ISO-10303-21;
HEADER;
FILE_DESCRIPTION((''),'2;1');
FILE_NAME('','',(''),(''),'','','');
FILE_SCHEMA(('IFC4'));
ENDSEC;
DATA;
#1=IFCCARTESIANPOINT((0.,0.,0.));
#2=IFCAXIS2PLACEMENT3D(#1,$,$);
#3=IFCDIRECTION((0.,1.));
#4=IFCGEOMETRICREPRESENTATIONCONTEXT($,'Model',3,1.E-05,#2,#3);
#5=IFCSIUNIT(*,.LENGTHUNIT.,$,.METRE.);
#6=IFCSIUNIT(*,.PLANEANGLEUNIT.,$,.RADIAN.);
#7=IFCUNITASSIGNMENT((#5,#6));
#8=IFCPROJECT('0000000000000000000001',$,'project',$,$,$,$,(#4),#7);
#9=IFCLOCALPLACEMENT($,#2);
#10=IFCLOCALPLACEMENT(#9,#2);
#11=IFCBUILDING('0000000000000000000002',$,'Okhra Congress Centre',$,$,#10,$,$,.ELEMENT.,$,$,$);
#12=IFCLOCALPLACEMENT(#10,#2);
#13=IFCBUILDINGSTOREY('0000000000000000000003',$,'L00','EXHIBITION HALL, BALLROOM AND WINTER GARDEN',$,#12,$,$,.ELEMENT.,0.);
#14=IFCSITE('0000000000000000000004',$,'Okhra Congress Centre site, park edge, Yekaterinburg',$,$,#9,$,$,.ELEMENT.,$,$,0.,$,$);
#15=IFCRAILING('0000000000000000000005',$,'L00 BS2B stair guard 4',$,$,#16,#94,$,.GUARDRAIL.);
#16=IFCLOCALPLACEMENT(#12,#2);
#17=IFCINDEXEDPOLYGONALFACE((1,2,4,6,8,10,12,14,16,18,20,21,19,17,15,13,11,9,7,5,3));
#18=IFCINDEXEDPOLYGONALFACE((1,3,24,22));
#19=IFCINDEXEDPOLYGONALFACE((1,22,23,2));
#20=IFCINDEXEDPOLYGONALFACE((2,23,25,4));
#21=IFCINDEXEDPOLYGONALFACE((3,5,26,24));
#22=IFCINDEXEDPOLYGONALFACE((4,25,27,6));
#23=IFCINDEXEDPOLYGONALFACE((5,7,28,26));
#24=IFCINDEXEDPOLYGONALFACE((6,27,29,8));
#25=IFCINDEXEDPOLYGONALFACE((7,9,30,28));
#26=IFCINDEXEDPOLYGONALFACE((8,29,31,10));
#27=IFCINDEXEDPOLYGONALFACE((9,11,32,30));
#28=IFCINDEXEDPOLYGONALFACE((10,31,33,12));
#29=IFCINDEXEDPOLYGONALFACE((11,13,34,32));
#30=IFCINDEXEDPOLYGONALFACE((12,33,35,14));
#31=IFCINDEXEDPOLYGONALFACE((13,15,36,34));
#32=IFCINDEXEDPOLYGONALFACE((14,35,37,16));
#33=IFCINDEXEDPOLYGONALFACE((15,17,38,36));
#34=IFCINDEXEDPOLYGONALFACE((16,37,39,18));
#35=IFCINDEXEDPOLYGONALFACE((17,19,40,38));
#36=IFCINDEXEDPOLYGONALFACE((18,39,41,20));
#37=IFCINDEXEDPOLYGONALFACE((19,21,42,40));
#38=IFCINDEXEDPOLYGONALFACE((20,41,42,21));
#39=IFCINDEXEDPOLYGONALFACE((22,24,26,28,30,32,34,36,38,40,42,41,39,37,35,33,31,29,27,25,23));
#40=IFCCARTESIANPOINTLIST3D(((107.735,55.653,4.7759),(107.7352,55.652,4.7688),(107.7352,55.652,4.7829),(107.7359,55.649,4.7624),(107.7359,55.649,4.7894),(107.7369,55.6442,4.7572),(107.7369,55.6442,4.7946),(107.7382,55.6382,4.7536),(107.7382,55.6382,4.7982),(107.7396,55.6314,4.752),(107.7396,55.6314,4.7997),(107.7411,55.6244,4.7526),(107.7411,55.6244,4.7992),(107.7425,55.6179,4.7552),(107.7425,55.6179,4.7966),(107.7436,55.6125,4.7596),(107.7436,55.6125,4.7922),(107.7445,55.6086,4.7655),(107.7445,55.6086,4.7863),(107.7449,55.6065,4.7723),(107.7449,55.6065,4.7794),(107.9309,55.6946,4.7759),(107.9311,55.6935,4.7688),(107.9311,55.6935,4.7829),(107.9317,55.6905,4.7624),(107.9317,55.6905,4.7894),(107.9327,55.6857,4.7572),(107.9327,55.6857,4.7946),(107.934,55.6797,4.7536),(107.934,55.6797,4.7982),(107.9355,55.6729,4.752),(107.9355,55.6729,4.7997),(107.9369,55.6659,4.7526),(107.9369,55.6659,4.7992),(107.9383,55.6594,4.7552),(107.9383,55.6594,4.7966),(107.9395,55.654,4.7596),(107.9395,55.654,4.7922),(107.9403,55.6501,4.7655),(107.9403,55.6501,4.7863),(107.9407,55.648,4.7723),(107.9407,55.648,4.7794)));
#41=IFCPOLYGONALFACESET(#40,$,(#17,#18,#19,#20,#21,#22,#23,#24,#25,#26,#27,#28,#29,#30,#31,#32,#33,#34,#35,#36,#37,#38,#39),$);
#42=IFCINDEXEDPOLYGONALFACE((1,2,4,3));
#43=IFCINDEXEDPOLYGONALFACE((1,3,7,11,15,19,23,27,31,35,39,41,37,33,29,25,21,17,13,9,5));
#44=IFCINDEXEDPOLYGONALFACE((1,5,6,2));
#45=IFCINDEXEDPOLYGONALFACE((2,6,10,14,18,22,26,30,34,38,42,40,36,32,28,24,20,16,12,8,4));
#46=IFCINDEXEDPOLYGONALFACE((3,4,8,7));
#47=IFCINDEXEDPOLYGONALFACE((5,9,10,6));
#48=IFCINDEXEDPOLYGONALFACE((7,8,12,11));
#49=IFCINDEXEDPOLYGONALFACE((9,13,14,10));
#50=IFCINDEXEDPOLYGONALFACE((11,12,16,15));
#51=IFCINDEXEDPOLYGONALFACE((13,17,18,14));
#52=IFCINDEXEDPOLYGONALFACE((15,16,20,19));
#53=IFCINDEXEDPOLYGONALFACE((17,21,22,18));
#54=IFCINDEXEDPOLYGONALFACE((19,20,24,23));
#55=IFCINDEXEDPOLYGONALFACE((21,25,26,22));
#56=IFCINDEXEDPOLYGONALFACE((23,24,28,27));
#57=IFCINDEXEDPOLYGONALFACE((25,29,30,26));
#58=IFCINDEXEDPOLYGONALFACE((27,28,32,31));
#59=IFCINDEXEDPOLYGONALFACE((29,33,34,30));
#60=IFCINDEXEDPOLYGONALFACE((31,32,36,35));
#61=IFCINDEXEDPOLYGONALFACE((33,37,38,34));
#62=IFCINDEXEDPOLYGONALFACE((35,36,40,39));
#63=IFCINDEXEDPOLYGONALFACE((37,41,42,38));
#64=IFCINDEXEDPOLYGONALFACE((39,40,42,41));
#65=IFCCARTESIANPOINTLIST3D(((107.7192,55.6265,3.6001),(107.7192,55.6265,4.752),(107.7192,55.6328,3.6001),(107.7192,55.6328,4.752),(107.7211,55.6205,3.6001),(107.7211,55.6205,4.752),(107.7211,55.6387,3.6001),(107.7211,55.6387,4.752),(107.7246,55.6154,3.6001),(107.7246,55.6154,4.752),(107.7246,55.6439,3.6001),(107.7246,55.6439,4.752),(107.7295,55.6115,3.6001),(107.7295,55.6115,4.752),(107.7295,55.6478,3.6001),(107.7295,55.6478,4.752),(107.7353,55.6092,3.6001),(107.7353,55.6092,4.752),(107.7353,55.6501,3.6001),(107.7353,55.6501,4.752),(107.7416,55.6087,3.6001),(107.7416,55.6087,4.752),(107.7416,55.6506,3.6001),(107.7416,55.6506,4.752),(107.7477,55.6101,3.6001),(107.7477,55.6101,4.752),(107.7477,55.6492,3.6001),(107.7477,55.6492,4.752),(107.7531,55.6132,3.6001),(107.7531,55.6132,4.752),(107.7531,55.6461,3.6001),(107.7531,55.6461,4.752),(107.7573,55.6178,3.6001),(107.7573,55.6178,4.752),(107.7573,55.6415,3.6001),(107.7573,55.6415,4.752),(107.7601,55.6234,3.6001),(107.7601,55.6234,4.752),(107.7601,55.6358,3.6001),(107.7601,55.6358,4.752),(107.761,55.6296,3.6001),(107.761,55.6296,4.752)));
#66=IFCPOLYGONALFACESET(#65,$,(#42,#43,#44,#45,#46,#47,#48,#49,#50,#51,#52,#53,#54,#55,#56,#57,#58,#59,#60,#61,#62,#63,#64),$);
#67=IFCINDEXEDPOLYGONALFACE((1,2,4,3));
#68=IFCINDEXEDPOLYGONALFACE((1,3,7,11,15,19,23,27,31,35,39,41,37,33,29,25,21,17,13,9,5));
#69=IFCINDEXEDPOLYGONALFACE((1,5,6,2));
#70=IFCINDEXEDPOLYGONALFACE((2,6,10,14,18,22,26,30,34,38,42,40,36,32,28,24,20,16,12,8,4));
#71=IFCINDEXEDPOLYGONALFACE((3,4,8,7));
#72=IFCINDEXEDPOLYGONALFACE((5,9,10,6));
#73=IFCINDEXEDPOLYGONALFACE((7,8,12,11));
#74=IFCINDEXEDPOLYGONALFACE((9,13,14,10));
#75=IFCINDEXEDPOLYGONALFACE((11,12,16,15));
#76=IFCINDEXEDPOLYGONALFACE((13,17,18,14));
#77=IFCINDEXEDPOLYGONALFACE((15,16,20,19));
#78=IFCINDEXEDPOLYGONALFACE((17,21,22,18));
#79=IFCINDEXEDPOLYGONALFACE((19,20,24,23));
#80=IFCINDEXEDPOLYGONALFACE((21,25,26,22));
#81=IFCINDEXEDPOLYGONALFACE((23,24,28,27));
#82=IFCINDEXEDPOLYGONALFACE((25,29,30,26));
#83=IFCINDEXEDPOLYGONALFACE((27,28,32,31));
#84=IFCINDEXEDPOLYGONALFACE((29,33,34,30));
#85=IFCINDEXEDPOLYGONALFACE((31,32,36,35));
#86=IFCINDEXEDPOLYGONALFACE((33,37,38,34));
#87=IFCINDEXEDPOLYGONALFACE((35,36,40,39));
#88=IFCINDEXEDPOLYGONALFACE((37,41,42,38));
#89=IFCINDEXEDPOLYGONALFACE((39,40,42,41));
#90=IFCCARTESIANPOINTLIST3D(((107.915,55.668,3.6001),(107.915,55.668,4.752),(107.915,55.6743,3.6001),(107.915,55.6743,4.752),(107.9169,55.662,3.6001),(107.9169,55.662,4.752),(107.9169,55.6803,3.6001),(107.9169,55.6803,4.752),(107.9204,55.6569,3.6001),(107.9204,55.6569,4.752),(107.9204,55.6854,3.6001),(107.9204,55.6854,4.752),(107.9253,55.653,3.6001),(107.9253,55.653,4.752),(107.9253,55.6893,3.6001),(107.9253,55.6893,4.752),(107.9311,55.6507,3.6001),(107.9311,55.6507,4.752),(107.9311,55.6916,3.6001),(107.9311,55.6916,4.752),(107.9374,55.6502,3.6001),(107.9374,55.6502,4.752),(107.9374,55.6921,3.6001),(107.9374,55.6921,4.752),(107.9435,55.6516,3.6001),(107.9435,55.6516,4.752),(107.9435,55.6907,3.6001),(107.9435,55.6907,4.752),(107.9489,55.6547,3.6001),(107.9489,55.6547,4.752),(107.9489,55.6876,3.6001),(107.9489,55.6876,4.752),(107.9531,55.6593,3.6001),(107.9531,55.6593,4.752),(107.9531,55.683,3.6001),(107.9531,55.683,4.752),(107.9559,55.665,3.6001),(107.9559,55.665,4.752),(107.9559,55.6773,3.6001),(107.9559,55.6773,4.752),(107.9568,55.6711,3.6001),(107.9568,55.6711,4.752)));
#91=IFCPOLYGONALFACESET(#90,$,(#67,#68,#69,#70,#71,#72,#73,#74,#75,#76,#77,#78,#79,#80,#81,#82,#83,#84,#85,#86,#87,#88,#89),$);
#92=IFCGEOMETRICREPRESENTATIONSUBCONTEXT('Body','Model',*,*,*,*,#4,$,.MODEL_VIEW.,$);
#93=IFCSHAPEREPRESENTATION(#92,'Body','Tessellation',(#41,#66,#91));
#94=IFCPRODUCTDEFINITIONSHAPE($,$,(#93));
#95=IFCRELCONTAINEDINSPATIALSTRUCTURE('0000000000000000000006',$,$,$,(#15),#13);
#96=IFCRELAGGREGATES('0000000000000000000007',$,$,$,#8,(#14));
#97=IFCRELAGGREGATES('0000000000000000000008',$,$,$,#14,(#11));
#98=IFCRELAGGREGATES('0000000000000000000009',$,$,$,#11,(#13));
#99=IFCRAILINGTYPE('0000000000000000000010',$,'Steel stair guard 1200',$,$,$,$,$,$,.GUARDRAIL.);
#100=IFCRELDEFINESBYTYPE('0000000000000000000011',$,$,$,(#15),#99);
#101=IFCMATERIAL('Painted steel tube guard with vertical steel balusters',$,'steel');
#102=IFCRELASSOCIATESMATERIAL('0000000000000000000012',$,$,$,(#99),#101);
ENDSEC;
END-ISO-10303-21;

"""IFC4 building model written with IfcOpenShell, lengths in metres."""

from ifc_helpers import new_model, si_unit, direction, frame, origin, origin_2d, place, context, subcontext, project, spatial, circle, extrude, material, type_object, element, save


model = new_model("IFC4")

# Units and contexts
model_context = context("Model", 3, precision=1e-05, world=origin(), true_north=direction((0.0, 1.0)))
body_context = subcontext(model_context, "Body", "Model", "MODEL_VIEW")
ifc_project = project(units=[si_unit("LENGTHUNIT", "METRE"), si_unit("PLANEANGLEUNIT", "RADIAN")], contexts=[model_context])

# Site, building, storey
site_placement = place(None, origin())
site = spatial("IfcSite", under=ifc_project, at=site_placement, Name="Okhra Congress Centre site, park edge, Yekaterinburg", CompositionType="ELEMENT", RefElevation=0.0)
building_placement = place(site_placement, origin())
building = spatial("IfcBuilding", under=site, at=building_placement, Name="Okhra Congress Centre", CompositionType="ELEMENT")
storey_placement = place(building_placement, origin())
storey = spatial("IfcBuildingStorey", under=building, at=storey_placement, Name="L00", Description="EXHIBITION HALL, BALLROOM AND WINTER GARDEN", CompositionType="ELEMENT", Elevation=0.0)

# Railing
ifc_material_1 = material(Name="Painted steel tube guard with vertical steel balusters", Category="steel")
railing_type_1 = type_object("IfcRailingType", Name="Steel stair guard 1200", PredefinedType="GUARDRAIL", material=ifc_material_1)
railing_1_placement = place(storey_placement, frame((107.74, 55.6296, 3.6001)))
element("IfcRailing", 1, at=railing_1_placement, inside=storey, type_object=railing_type_1, Name="L00 BS2B stair guard 4", PredefinedType="GUARDRAIL", context=body_context, shape_type="SweptSolid", body=[
    extrude(circle(Radius=0.0239, at=origin_2d()), frame((0.0, 0.0, 1.1758), z_axis=(0.978264, 0.207363, 0.0), x_axis=(-0.207363, 0.978264, 0.0)), (0.0, 0.0, 1.0), 0.2002),
    extrude(circle(Radius=0.021, at=origin_2d()), origin(), (0.0, 0.0, 1.0), 1.1519),
    extrude(circle(Radius=0.021, at=origin_2d()), frame((0.1958, 0.0415, 0.0)), (0.0, 0.0, 1.0), 1.1519),
])

save(model, "model.ifc")
